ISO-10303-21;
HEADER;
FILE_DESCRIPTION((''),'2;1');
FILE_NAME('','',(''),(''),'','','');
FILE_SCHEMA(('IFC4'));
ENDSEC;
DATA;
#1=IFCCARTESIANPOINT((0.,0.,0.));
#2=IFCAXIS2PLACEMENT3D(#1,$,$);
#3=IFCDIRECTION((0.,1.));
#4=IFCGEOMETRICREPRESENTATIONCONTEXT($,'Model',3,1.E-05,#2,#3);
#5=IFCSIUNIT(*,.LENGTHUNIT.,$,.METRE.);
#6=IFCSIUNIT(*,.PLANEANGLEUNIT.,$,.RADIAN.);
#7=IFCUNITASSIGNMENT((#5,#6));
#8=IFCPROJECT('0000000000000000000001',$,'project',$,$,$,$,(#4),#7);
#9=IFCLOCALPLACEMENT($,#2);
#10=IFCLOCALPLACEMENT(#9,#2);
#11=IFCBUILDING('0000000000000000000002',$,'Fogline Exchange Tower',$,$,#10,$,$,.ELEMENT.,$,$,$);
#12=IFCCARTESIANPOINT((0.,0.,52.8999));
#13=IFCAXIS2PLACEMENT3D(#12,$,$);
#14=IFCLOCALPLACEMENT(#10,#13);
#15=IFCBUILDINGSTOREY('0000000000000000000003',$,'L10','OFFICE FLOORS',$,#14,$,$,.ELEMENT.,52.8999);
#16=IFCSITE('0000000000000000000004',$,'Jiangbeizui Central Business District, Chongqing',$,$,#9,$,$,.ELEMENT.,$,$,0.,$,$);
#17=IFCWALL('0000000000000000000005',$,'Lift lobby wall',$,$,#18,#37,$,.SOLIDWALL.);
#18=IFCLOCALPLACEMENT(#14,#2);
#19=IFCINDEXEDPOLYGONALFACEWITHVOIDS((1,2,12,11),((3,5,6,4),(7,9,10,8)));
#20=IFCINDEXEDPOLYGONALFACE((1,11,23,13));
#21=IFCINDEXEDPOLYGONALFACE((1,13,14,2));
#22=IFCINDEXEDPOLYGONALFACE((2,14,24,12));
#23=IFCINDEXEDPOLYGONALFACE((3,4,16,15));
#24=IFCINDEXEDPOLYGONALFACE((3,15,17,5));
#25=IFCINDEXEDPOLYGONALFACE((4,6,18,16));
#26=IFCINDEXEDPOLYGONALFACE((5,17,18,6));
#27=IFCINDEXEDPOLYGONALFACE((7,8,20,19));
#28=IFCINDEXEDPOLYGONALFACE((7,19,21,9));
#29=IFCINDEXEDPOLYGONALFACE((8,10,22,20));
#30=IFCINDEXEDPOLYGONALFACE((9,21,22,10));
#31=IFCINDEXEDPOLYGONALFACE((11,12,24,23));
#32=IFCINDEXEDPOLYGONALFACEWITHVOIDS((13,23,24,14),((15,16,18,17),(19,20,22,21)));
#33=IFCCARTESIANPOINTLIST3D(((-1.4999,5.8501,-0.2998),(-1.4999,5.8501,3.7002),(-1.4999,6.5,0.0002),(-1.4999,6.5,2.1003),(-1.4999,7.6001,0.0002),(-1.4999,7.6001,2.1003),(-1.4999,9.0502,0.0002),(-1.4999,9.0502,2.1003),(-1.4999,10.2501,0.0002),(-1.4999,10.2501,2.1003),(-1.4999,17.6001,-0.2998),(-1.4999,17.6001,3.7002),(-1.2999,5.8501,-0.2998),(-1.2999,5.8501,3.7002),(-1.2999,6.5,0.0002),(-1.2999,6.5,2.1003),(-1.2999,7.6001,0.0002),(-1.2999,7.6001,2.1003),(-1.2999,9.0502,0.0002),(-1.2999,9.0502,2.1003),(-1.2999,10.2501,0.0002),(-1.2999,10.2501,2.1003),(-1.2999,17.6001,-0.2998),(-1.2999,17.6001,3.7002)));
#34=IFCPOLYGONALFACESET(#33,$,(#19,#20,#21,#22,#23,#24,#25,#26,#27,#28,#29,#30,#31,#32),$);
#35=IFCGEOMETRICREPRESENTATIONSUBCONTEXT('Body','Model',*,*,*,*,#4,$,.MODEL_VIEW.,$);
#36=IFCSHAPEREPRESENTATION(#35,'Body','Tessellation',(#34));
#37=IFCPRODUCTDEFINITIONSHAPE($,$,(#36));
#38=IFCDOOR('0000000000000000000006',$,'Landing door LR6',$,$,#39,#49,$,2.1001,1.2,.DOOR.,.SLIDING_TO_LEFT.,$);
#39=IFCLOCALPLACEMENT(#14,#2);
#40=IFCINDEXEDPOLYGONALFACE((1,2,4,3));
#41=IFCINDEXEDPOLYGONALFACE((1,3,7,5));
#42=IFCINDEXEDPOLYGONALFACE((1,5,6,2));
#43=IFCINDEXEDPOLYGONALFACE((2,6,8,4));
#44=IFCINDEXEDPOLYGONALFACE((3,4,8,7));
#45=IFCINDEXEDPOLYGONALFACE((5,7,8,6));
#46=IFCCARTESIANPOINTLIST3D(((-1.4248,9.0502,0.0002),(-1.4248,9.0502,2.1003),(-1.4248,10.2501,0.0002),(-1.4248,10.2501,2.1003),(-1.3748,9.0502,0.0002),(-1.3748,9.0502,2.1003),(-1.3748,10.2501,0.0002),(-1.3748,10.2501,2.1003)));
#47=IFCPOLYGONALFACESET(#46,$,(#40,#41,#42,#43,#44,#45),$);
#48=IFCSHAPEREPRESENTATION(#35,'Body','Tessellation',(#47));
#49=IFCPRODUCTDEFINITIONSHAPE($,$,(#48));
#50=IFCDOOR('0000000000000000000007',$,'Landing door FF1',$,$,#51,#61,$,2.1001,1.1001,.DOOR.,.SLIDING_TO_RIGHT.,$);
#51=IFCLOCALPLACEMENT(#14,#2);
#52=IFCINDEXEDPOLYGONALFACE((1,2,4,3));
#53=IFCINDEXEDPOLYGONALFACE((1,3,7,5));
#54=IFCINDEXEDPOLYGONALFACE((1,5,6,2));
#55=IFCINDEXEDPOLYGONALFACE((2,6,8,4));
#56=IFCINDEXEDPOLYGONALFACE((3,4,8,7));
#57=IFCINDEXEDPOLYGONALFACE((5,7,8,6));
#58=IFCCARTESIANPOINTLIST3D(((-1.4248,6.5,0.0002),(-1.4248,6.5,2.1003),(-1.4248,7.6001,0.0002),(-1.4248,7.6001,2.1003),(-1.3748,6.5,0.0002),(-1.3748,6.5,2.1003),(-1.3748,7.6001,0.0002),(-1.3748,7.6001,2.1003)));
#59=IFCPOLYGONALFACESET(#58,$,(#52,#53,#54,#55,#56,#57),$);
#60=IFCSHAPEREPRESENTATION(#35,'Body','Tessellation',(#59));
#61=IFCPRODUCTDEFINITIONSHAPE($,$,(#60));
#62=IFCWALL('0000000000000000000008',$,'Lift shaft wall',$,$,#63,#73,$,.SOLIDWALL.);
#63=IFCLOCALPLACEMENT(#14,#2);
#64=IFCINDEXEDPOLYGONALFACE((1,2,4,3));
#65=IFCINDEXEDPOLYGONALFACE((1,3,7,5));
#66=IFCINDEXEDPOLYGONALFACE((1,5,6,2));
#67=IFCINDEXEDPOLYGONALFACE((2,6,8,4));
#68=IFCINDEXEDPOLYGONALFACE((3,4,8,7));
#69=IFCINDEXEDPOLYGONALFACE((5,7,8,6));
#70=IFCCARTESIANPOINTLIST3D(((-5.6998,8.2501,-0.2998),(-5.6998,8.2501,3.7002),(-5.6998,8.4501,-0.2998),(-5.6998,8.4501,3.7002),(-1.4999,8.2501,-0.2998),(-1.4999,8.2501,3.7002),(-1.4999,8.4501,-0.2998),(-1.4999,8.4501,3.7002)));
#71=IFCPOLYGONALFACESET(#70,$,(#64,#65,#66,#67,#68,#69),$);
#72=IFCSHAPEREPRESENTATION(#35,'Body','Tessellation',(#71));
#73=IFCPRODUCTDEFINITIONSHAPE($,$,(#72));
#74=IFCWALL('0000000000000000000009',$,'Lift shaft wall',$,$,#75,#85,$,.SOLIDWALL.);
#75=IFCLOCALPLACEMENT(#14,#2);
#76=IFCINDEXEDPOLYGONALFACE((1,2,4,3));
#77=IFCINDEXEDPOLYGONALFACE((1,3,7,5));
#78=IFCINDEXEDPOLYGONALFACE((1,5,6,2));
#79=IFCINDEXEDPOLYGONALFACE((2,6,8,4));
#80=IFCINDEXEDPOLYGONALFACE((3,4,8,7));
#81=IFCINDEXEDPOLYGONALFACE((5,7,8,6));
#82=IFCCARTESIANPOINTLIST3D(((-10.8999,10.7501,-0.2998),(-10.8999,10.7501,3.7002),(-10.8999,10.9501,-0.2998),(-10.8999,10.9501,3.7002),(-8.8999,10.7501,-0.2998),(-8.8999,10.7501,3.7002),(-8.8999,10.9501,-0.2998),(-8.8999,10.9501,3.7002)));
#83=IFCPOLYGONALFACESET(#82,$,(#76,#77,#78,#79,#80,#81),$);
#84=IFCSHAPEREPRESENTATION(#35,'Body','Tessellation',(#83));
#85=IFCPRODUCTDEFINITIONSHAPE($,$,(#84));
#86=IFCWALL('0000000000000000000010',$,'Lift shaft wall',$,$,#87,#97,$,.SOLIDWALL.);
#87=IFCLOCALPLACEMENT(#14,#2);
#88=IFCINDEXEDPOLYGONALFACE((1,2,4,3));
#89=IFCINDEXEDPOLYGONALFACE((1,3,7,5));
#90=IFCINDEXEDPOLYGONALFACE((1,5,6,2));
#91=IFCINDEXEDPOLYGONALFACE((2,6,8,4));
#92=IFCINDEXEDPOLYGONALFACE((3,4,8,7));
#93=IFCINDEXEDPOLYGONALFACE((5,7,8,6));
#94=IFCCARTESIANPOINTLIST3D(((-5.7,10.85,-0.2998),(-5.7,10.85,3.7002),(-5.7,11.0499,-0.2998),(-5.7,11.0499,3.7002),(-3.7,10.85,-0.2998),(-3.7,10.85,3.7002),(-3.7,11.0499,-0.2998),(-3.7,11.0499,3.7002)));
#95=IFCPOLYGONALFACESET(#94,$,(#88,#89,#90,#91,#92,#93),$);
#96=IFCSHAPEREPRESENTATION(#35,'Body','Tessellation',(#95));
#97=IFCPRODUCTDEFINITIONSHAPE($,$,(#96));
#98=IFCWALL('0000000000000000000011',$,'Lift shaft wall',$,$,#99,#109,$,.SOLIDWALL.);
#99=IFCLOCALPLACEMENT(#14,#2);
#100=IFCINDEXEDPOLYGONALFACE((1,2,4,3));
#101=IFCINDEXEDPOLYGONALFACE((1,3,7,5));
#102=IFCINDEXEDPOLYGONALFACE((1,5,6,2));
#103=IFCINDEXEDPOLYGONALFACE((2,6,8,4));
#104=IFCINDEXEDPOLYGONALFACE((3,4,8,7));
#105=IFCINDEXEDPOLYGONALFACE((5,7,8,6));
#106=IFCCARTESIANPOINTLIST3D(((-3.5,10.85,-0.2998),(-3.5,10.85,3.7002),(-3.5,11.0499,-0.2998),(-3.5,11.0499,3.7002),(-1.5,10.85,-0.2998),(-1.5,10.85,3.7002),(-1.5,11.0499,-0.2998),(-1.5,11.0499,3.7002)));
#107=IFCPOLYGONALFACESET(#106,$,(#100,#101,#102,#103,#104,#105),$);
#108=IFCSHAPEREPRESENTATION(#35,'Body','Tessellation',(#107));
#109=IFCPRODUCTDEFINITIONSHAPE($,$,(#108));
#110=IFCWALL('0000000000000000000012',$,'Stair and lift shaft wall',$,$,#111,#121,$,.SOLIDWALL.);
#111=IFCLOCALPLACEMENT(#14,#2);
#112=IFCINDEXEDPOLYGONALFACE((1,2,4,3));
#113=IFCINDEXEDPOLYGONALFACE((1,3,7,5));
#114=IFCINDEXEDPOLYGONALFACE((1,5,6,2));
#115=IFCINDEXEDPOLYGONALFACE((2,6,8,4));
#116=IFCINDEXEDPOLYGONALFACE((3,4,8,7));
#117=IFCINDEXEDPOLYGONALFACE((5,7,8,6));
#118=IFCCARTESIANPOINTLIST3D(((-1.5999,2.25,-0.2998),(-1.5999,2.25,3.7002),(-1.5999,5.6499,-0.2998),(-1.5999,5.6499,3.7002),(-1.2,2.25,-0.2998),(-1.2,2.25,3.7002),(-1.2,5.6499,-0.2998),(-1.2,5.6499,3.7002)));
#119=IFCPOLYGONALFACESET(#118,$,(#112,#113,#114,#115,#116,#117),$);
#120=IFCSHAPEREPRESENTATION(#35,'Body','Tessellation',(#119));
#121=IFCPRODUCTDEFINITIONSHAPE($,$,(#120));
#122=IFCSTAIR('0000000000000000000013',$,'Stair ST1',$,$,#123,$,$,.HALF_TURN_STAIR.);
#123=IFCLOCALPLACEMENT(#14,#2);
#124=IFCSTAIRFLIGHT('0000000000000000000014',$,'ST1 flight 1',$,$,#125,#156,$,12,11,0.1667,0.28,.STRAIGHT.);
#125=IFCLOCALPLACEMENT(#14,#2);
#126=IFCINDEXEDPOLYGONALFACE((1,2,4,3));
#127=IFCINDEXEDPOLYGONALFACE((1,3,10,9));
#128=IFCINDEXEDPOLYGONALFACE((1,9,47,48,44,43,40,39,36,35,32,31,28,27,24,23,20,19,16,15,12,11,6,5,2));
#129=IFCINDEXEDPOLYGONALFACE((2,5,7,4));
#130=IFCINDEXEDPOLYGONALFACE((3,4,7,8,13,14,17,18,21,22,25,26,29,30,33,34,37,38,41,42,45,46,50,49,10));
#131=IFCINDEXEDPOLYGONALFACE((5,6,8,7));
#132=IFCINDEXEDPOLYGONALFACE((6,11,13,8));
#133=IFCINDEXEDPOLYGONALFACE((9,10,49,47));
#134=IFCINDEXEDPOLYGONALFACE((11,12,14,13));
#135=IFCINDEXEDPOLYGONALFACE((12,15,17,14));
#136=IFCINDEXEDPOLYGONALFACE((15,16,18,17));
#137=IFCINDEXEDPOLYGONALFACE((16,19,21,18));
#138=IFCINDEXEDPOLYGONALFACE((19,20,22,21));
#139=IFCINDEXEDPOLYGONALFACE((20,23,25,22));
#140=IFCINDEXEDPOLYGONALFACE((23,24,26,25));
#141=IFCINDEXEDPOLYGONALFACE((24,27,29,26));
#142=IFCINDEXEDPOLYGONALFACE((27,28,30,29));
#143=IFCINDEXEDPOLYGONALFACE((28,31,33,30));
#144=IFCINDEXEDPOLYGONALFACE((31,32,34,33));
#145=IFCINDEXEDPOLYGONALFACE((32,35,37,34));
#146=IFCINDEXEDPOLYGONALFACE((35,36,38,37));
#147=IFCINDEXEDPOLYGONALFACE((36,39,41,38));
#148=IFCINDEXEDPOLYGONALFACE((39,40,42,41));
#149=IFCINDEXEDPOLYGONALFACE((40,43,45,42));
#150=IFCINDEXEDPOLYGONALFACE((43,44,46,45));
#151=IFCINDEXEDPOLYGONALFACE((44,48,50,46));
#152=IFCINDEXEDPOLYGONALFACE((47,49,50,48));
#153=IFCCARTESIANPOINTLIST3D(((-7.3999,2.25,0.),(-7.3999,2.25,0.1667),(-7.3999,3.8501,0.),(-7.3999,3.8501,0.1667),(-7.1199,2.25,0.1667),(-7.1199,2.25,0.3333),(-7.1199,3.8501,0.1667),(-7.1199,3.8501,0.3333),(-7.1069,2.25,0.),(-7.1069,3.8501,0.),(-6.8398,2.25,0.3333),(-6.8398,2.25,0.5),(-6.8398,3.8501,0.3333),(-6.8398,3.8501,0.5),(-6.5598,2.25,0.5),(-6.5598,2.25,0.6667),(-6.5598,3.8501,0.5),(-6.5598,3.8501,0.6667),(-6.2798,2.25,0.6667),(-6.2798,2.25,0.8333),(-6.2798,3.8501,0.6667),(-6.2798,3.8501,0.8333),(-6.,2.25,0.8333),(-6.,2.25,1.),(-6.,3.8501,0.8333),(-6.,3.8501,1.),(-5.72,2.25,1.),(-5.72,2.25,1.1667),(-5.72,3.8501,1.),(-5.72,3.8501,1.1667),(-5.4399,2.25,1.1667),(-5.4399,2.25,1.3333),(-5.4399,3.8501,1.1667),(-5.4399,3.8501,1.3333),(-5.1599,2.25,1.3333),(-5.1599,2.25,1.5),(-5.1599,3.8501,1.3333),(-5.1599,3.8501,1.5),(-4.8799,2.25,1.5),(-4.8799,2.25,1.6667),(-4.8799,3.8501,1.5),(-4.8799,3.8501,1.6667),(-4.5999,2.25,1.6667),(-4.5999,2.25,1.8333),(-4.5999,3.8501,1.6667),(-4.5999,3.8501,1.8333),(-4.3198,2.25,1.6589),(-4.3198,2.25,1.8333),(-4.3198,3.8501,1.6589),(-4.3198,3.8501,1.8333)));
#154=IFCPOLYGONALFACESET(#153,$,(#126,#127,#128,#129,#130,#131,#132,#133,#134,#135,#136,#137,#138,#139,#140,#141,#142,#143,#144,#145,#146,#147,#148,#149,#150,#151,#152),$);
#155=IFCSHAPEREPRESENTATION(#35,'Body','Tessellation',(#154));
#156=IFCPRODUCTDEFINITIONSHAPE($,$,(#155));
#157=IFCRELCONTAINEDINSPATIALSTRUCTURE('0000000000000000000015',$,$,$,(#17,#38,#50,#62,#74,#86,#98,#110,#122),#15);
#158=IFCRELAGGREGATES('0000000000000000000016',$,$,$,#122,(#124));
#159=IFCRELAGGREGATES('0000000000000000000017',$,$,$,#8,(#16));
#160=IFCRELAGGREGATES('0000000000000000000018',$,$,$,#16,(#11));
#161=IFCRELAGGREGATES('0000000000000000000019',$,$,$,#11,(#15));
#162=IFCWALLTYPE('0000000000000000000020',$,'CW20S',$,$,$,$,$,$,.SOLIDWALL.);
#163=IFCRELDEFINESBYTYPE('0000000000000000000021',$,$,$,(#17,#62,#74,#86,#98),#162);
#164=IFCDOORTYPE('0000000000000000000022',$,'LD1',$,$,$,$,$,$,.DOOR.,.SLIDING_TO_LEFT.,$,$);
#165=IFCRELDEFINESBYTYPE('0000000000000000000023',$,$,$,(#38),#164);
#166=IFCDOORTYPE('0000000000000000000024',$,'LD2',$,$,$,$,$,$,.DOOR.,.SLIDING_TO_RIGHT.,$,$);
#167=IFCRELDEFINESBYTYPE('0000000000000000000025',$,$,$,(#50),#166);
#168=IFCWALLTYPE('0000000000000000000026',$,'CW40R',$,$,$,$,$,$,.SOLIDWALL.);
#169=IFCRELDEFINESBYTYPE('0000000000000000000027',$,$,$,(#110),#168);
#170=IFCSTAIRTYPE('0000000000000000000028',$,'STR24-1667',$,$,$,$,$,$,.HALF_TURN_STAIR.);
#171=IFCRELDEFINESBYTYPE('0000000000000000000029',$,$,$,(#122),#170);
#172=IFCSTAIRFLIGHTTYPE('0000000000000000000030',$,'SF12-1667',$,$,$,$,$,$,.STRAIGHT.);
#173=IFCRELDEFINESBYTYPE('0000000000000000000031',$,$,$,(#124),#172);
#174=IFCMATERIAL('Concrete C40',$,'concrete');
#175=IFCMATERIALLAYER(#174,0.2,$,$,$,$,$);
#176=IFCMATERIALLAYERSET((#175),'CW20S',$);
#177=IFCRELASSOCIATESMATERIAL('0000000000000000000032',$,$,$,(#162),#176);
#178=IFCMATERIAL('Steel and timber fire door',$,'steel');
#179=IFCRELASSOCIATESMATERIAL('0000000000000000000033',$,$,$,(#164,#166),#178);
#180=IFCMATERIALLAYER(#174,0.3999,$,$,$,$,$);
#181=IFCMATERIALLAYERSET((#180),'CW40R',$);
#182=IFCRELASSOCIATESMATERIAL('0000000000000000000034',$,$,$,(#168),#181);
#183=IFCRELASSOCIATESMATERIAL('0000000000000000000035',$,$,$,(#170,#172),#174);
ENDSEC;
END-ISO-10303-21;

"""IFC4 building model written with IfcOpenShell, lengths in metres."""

from ifc_helpers import new_model, si_unit, direction, frame, frame_2d, origin, place, context, subcontext, project, spatial, polyline, rectangle, outline, extrude, material, layer, layer_set, type_object, element, fill, aggregate, save


model = new_model("IFC4")

# Units and contexts
model_context = context("Model", 3, precision=1e-05, world=origin(), true_north=direction((0.0, 1.0)))
body_context = subcontext(model_context, "Body", "Model", "MODEL_VIEW")
ifc_project = project(units=[si_unit("LENGTHUNIT", "METRE"), si_unit("PLANEANGLEUNIT", "RADIAN")], contexts=[model_context])

# Site, building, storey
site_placement = place(None, origin())
site = spatial("IfcSite", under=ifc_project, at=site_placement, Name="Jiangbeizui Central Business District, Chongqing", CompositionType="ELEMENT", RefElevation=0.0)
building_placement = place(site_placement, origin())
building = spatial("IfcBuilding", under=site, at=building_placement, Name="Fogline Exchange Tower", CompositionType="ELEMENT")
storey_placement = place(building_placement, frame((0.0, 0.0, 52.8999)))
storey = spatial("IfcBuildingStorey", under=building, at=storey_placement, Name="L10", Description="OFFICE FLOORS", CompositionType="ELEMENT", Elevation=52.8999)

# Shared definitions
ifc_material_1 = material(Name="Steel and timber fire door", Category="steel")

# Shared definitions
ifc_material_2 = material(Name="Concrete C40", Category="concrete")

# Shared definitions
ifc_layer_1 = layer(ifc_material_2, 0.2)
ifc_layer_set_1 = layer_set([ifc_layer_1], Name="CW20S")
wall_type_1 = type_object("IfcWallType", Name="CW20S", PredefinedType="SOLIDWALL", material=ifc_layer_set_1)
door_type_1 = type_object("IfcDoorType", Name="LD1", OperationType="SLIDING_TO_LEFT", PredefinedType="DOOR", material=ifc_material_1)

# Wall, openings, doors
wall_1_placement = place(storey_placement, frame((-1.3999, 5.8501, -0.2998), z_axis=(0.0, 0.0, 1.0), x_axis=(0.0, 1.0, 0.0)))
wall_1 = element("IfcWall", 1, at=wall_1_placement, inside=storey, type_object=wall_type_1, Name="Lift lobby wall", PredefinedType="SOLIDWALL", context=body_context, shape_type="SweptSolid", body=[
    extrude(rectangle(XDim=11.75, YDim=0.2, at=frame_2d((5.875, 0.0))), origin(), (0.0, 0.0, 1.0), 4.0),
])
opening_1_placement = place(wall_1_placement, frame((3.2, 0.0, 0.3)))
opening_1 = element("IfcOpeningElement", 2, at=opening_1_placement, cuts=wall_1, PredefinedType="OPENING", context=body_context, shape_type="SweptSolid", body=[
    extrude(rectangle(XDim=1.2, YDim=2.1001, at=frame_2d((0.6001, 1.05))), frame((0.0, 0.1099, 0.0), z_axis=(0.0, -1.0, 0.0), x_axis=(1.0, 0.0, 0.0)), (0.0, 0.0, 1.0), 0.22),
])
opening_2_placement = place(wall_1_placement, frame((0.6499, 0.0, 0.3)))
opening_2 = element("IfcOpeningElement", 3, at=opening_2_placement, cuts=wall_1, PredefinedType="OPENING", context=body_context, shape_type="SweptSolid", body=[
    extrude(rectangle(XDim=1.1001, YDim=2.1001, at=frame_2d((0.55, 1.05))), frame((0.0, 0.1099, 0.0), z_axis=(0.0, -1.0, 0.0), x_axis=(1.0, 0.0, 0.0)), (0.0, 0.0, 1.0), 0.22),
])
door_1_placement = place(opening_1_placement, origin())
door_1 = element("IfcDoor", 4, at=door_1_placement, inside=storey, type_object=door_type_1, Name="Landing door LR6", OperationType="SLIDING_TO_LEFT", OverallHeight=2.1001, OverallWidth=1.2, PredefinedType="DOOR", context=body_context, shape_type="SweptSolid", body=[
    extrude(rectangle(XDim=1.2, YDim=2.1001, at=frame_2d((0.6001, 1.05))), frame((0.0, 0.0249, 0.0), z_axis=(0.0, -1.0, 0.0), x_axis=(1.0, 0.0, 0.0)), (0.0, 0.0, 1.0), 0.05),
])
fill(opening_1, door_1)
door_type_2 = type_object("IfcDoorType", Name="LD2", OperationType="SLIDING_TO_RIGHT", PredefinedType="DOOR", material=ifc_material_1)
door_2_placement = place(opening_2_placement, origin())
door_2 = element("IfcDoor", 5, at=door_2_placement, inside=storey, type_object=door_type_2, Name="Landing door FF1", OperationType="SLIDING_TO_RIGHT", OverallHeight=2.1001, OverallWidth=1.1001, PredefinedType="DOOR", context=body_context, shape_type="SweptSolid", body=[
    extrude(rectangle(XDim=1.1001, YDim=2.1001, at=frame_2d((0.55, 1.05))), frame((0.0, 0.0249, 0.0), z_axis=(0.0, -1.0, 0.0), x_axis=(1.0, 0.0, 0.0)), (0.0, 0.0, 1.0), 0.05),
])
fill(opening_2, door_2)

# Walls
wall_2_placement = place(storey_placement, frame((-5.7, 8.3501, -0.2998), z_axis=(0.0, 0.0, 1.0), x_axis=(1.0, 0.0, 0.0)))
element("IfcWall", 6, at=wall_2_placement, inside=storey, type_object=wall_type_1, Name="Lift shaft wall", PredefinedType="SOLIDWALL", context=body_context, shape_type="SweptSolid", body=[
    extrude(rectangle(XDim=4.2, YDim=0.2, at=frame_2d((2.1001, 0.0))), origin(), (0.0, 0.0, 1.0), 4.0),
])
for number, where, z_axis, x_axis, name in (
    (7, (-10.8999, 10.8501, -0.2998), (0.0, 0.0, 1.0), (1.0, 0.0, 0.0), "Lift shaft wall"),
    (8, (-5.7, 10.95, -0.2998), (0.0, 0.0, 1.0), (1.0, 0.0, 0.0), "Lift shaft wall"),
    (9, (-3.5, 10.95, -0.2998), (0.0, 0.0, 1.0), (1.0, 0.0, 0.0), "Lift shaft wall"),
):
    element("IfcWall", number, at=place(storey_placement, frame(where, z_axis=z_axis, x_axis=x_axis)), inside=storey, type_object=wall_type_1, Name=name, PredefinedType="SOLIDWALL", context=body_context, shape_type="SweptSolid", body=[
        extrude(rectangle(XDim=2.0, YDim=0.2, at=frame_2d((1.0, 0.0))), origin(), (0.0, 0.0, 1.0), 4.0),
    ])
ifc_layer_2 = layer(ifc_material_2, 0.3999)
ifc_layer_set_2 = layer_set([ifc_layer_2], Name="CW40R")
wall_type_2 = type_object("IfcWallType", Name="CW40R", PredefinedType="SOLIDWALL", material=ifc_layer_set_2)
wall_3_placement = place(storey_placement, frame((-1.3999, 2.25, -0.2998), z_axis=(0.0, 0.0, 1.0), x_axis=(0.0, 1.0, 0.0)))
element("IfcWall", 10, at=wall_3_placement, inside=storey, type_object=wall_type_2, Name="Stair and lift shaft wall", PredefinedType="SOLIDWALL", context=body_context, shape_type="SweptSolid", body=[
    extrude(rectangle(XDim=3.3999, YDim=0.3999, at=frame_2d((1.7, 0.0))), origin(), (0.0, 0.0, 1.0), 4.0),
])

# Stair, stair flight
stair_type = type_object("IfcStairType", Name="STR24-1667", PredefinedType="HALF_TURN_STAIR", material=ifc_material_2)
stair_placement = place(storey_placement, origin())
stair = element("IfcStair", 11, at=stair_placement, inside=storey, type_object=stair_type, Name="Stair ST1", PredefinedType="HALF_TURN_STAIR")
stair_flight_type = type_object("IfcStairFlightType", Name="SF12-1667", PredefinedType="STRAIGHT", material=ifc_material_2)
stair_flight_1_placement = place(storey_placement, frame((-7.3999, 3.05, 0.0), z_axis=(0.0, 0.0, 1.0), x_axis=(1.0, 0.0, 0.0)))
stair_flight_1 = element("IfcStairFlight", 12, at=stair_flight_1_placement, type_object=stair_flight_type, Name="ST1 flight 1", NumberOfRisers=12, NumberOfTreads=11, PredefinedType="STRAIGHT", RiserHeight=0.1667, TreadLength=0.28, context=body_context, shape_type="SweptSolid", body=[
    extrude(outline(polyline([(0.0, 0.0), (0.0, 0.1667), (0.28, 0.1667), (0.28, 0.3333), (0.5601, 0.3333), (0.5601, 0.5), (0.8401, 0.5), (0.8401, 0.6667), (1.1201, 0.6667), (1.1201, 0.8333), (1.3999, 0.8333), (1.3999, 1.0), (1.6799, 1.0), (1.6799, 1.1667), (1.96, 1.1667), (1.96, 1.3333), (2.24, 1.3333), (2.24, 1.5), (2.52, 1.5), (2.52, 1.6667), (2.8, 1.6667), (2.8, 1.8333), (3.0801, 1.8333), (3.0801, 2.0), (3.0801, 1.6589), (0.293, 0.0), (0.0, 0.0)])), frame((0.0, 0.8, 0.0), z_axis=(0.0, -1.0, 0.0), x_axis=(1.0, 0.0, 0.0)), (0.0, 0.0, 1.0), 1.6001),
])
aggregate(stair, [stair_flight_1])

save(model, "model.ifc")
